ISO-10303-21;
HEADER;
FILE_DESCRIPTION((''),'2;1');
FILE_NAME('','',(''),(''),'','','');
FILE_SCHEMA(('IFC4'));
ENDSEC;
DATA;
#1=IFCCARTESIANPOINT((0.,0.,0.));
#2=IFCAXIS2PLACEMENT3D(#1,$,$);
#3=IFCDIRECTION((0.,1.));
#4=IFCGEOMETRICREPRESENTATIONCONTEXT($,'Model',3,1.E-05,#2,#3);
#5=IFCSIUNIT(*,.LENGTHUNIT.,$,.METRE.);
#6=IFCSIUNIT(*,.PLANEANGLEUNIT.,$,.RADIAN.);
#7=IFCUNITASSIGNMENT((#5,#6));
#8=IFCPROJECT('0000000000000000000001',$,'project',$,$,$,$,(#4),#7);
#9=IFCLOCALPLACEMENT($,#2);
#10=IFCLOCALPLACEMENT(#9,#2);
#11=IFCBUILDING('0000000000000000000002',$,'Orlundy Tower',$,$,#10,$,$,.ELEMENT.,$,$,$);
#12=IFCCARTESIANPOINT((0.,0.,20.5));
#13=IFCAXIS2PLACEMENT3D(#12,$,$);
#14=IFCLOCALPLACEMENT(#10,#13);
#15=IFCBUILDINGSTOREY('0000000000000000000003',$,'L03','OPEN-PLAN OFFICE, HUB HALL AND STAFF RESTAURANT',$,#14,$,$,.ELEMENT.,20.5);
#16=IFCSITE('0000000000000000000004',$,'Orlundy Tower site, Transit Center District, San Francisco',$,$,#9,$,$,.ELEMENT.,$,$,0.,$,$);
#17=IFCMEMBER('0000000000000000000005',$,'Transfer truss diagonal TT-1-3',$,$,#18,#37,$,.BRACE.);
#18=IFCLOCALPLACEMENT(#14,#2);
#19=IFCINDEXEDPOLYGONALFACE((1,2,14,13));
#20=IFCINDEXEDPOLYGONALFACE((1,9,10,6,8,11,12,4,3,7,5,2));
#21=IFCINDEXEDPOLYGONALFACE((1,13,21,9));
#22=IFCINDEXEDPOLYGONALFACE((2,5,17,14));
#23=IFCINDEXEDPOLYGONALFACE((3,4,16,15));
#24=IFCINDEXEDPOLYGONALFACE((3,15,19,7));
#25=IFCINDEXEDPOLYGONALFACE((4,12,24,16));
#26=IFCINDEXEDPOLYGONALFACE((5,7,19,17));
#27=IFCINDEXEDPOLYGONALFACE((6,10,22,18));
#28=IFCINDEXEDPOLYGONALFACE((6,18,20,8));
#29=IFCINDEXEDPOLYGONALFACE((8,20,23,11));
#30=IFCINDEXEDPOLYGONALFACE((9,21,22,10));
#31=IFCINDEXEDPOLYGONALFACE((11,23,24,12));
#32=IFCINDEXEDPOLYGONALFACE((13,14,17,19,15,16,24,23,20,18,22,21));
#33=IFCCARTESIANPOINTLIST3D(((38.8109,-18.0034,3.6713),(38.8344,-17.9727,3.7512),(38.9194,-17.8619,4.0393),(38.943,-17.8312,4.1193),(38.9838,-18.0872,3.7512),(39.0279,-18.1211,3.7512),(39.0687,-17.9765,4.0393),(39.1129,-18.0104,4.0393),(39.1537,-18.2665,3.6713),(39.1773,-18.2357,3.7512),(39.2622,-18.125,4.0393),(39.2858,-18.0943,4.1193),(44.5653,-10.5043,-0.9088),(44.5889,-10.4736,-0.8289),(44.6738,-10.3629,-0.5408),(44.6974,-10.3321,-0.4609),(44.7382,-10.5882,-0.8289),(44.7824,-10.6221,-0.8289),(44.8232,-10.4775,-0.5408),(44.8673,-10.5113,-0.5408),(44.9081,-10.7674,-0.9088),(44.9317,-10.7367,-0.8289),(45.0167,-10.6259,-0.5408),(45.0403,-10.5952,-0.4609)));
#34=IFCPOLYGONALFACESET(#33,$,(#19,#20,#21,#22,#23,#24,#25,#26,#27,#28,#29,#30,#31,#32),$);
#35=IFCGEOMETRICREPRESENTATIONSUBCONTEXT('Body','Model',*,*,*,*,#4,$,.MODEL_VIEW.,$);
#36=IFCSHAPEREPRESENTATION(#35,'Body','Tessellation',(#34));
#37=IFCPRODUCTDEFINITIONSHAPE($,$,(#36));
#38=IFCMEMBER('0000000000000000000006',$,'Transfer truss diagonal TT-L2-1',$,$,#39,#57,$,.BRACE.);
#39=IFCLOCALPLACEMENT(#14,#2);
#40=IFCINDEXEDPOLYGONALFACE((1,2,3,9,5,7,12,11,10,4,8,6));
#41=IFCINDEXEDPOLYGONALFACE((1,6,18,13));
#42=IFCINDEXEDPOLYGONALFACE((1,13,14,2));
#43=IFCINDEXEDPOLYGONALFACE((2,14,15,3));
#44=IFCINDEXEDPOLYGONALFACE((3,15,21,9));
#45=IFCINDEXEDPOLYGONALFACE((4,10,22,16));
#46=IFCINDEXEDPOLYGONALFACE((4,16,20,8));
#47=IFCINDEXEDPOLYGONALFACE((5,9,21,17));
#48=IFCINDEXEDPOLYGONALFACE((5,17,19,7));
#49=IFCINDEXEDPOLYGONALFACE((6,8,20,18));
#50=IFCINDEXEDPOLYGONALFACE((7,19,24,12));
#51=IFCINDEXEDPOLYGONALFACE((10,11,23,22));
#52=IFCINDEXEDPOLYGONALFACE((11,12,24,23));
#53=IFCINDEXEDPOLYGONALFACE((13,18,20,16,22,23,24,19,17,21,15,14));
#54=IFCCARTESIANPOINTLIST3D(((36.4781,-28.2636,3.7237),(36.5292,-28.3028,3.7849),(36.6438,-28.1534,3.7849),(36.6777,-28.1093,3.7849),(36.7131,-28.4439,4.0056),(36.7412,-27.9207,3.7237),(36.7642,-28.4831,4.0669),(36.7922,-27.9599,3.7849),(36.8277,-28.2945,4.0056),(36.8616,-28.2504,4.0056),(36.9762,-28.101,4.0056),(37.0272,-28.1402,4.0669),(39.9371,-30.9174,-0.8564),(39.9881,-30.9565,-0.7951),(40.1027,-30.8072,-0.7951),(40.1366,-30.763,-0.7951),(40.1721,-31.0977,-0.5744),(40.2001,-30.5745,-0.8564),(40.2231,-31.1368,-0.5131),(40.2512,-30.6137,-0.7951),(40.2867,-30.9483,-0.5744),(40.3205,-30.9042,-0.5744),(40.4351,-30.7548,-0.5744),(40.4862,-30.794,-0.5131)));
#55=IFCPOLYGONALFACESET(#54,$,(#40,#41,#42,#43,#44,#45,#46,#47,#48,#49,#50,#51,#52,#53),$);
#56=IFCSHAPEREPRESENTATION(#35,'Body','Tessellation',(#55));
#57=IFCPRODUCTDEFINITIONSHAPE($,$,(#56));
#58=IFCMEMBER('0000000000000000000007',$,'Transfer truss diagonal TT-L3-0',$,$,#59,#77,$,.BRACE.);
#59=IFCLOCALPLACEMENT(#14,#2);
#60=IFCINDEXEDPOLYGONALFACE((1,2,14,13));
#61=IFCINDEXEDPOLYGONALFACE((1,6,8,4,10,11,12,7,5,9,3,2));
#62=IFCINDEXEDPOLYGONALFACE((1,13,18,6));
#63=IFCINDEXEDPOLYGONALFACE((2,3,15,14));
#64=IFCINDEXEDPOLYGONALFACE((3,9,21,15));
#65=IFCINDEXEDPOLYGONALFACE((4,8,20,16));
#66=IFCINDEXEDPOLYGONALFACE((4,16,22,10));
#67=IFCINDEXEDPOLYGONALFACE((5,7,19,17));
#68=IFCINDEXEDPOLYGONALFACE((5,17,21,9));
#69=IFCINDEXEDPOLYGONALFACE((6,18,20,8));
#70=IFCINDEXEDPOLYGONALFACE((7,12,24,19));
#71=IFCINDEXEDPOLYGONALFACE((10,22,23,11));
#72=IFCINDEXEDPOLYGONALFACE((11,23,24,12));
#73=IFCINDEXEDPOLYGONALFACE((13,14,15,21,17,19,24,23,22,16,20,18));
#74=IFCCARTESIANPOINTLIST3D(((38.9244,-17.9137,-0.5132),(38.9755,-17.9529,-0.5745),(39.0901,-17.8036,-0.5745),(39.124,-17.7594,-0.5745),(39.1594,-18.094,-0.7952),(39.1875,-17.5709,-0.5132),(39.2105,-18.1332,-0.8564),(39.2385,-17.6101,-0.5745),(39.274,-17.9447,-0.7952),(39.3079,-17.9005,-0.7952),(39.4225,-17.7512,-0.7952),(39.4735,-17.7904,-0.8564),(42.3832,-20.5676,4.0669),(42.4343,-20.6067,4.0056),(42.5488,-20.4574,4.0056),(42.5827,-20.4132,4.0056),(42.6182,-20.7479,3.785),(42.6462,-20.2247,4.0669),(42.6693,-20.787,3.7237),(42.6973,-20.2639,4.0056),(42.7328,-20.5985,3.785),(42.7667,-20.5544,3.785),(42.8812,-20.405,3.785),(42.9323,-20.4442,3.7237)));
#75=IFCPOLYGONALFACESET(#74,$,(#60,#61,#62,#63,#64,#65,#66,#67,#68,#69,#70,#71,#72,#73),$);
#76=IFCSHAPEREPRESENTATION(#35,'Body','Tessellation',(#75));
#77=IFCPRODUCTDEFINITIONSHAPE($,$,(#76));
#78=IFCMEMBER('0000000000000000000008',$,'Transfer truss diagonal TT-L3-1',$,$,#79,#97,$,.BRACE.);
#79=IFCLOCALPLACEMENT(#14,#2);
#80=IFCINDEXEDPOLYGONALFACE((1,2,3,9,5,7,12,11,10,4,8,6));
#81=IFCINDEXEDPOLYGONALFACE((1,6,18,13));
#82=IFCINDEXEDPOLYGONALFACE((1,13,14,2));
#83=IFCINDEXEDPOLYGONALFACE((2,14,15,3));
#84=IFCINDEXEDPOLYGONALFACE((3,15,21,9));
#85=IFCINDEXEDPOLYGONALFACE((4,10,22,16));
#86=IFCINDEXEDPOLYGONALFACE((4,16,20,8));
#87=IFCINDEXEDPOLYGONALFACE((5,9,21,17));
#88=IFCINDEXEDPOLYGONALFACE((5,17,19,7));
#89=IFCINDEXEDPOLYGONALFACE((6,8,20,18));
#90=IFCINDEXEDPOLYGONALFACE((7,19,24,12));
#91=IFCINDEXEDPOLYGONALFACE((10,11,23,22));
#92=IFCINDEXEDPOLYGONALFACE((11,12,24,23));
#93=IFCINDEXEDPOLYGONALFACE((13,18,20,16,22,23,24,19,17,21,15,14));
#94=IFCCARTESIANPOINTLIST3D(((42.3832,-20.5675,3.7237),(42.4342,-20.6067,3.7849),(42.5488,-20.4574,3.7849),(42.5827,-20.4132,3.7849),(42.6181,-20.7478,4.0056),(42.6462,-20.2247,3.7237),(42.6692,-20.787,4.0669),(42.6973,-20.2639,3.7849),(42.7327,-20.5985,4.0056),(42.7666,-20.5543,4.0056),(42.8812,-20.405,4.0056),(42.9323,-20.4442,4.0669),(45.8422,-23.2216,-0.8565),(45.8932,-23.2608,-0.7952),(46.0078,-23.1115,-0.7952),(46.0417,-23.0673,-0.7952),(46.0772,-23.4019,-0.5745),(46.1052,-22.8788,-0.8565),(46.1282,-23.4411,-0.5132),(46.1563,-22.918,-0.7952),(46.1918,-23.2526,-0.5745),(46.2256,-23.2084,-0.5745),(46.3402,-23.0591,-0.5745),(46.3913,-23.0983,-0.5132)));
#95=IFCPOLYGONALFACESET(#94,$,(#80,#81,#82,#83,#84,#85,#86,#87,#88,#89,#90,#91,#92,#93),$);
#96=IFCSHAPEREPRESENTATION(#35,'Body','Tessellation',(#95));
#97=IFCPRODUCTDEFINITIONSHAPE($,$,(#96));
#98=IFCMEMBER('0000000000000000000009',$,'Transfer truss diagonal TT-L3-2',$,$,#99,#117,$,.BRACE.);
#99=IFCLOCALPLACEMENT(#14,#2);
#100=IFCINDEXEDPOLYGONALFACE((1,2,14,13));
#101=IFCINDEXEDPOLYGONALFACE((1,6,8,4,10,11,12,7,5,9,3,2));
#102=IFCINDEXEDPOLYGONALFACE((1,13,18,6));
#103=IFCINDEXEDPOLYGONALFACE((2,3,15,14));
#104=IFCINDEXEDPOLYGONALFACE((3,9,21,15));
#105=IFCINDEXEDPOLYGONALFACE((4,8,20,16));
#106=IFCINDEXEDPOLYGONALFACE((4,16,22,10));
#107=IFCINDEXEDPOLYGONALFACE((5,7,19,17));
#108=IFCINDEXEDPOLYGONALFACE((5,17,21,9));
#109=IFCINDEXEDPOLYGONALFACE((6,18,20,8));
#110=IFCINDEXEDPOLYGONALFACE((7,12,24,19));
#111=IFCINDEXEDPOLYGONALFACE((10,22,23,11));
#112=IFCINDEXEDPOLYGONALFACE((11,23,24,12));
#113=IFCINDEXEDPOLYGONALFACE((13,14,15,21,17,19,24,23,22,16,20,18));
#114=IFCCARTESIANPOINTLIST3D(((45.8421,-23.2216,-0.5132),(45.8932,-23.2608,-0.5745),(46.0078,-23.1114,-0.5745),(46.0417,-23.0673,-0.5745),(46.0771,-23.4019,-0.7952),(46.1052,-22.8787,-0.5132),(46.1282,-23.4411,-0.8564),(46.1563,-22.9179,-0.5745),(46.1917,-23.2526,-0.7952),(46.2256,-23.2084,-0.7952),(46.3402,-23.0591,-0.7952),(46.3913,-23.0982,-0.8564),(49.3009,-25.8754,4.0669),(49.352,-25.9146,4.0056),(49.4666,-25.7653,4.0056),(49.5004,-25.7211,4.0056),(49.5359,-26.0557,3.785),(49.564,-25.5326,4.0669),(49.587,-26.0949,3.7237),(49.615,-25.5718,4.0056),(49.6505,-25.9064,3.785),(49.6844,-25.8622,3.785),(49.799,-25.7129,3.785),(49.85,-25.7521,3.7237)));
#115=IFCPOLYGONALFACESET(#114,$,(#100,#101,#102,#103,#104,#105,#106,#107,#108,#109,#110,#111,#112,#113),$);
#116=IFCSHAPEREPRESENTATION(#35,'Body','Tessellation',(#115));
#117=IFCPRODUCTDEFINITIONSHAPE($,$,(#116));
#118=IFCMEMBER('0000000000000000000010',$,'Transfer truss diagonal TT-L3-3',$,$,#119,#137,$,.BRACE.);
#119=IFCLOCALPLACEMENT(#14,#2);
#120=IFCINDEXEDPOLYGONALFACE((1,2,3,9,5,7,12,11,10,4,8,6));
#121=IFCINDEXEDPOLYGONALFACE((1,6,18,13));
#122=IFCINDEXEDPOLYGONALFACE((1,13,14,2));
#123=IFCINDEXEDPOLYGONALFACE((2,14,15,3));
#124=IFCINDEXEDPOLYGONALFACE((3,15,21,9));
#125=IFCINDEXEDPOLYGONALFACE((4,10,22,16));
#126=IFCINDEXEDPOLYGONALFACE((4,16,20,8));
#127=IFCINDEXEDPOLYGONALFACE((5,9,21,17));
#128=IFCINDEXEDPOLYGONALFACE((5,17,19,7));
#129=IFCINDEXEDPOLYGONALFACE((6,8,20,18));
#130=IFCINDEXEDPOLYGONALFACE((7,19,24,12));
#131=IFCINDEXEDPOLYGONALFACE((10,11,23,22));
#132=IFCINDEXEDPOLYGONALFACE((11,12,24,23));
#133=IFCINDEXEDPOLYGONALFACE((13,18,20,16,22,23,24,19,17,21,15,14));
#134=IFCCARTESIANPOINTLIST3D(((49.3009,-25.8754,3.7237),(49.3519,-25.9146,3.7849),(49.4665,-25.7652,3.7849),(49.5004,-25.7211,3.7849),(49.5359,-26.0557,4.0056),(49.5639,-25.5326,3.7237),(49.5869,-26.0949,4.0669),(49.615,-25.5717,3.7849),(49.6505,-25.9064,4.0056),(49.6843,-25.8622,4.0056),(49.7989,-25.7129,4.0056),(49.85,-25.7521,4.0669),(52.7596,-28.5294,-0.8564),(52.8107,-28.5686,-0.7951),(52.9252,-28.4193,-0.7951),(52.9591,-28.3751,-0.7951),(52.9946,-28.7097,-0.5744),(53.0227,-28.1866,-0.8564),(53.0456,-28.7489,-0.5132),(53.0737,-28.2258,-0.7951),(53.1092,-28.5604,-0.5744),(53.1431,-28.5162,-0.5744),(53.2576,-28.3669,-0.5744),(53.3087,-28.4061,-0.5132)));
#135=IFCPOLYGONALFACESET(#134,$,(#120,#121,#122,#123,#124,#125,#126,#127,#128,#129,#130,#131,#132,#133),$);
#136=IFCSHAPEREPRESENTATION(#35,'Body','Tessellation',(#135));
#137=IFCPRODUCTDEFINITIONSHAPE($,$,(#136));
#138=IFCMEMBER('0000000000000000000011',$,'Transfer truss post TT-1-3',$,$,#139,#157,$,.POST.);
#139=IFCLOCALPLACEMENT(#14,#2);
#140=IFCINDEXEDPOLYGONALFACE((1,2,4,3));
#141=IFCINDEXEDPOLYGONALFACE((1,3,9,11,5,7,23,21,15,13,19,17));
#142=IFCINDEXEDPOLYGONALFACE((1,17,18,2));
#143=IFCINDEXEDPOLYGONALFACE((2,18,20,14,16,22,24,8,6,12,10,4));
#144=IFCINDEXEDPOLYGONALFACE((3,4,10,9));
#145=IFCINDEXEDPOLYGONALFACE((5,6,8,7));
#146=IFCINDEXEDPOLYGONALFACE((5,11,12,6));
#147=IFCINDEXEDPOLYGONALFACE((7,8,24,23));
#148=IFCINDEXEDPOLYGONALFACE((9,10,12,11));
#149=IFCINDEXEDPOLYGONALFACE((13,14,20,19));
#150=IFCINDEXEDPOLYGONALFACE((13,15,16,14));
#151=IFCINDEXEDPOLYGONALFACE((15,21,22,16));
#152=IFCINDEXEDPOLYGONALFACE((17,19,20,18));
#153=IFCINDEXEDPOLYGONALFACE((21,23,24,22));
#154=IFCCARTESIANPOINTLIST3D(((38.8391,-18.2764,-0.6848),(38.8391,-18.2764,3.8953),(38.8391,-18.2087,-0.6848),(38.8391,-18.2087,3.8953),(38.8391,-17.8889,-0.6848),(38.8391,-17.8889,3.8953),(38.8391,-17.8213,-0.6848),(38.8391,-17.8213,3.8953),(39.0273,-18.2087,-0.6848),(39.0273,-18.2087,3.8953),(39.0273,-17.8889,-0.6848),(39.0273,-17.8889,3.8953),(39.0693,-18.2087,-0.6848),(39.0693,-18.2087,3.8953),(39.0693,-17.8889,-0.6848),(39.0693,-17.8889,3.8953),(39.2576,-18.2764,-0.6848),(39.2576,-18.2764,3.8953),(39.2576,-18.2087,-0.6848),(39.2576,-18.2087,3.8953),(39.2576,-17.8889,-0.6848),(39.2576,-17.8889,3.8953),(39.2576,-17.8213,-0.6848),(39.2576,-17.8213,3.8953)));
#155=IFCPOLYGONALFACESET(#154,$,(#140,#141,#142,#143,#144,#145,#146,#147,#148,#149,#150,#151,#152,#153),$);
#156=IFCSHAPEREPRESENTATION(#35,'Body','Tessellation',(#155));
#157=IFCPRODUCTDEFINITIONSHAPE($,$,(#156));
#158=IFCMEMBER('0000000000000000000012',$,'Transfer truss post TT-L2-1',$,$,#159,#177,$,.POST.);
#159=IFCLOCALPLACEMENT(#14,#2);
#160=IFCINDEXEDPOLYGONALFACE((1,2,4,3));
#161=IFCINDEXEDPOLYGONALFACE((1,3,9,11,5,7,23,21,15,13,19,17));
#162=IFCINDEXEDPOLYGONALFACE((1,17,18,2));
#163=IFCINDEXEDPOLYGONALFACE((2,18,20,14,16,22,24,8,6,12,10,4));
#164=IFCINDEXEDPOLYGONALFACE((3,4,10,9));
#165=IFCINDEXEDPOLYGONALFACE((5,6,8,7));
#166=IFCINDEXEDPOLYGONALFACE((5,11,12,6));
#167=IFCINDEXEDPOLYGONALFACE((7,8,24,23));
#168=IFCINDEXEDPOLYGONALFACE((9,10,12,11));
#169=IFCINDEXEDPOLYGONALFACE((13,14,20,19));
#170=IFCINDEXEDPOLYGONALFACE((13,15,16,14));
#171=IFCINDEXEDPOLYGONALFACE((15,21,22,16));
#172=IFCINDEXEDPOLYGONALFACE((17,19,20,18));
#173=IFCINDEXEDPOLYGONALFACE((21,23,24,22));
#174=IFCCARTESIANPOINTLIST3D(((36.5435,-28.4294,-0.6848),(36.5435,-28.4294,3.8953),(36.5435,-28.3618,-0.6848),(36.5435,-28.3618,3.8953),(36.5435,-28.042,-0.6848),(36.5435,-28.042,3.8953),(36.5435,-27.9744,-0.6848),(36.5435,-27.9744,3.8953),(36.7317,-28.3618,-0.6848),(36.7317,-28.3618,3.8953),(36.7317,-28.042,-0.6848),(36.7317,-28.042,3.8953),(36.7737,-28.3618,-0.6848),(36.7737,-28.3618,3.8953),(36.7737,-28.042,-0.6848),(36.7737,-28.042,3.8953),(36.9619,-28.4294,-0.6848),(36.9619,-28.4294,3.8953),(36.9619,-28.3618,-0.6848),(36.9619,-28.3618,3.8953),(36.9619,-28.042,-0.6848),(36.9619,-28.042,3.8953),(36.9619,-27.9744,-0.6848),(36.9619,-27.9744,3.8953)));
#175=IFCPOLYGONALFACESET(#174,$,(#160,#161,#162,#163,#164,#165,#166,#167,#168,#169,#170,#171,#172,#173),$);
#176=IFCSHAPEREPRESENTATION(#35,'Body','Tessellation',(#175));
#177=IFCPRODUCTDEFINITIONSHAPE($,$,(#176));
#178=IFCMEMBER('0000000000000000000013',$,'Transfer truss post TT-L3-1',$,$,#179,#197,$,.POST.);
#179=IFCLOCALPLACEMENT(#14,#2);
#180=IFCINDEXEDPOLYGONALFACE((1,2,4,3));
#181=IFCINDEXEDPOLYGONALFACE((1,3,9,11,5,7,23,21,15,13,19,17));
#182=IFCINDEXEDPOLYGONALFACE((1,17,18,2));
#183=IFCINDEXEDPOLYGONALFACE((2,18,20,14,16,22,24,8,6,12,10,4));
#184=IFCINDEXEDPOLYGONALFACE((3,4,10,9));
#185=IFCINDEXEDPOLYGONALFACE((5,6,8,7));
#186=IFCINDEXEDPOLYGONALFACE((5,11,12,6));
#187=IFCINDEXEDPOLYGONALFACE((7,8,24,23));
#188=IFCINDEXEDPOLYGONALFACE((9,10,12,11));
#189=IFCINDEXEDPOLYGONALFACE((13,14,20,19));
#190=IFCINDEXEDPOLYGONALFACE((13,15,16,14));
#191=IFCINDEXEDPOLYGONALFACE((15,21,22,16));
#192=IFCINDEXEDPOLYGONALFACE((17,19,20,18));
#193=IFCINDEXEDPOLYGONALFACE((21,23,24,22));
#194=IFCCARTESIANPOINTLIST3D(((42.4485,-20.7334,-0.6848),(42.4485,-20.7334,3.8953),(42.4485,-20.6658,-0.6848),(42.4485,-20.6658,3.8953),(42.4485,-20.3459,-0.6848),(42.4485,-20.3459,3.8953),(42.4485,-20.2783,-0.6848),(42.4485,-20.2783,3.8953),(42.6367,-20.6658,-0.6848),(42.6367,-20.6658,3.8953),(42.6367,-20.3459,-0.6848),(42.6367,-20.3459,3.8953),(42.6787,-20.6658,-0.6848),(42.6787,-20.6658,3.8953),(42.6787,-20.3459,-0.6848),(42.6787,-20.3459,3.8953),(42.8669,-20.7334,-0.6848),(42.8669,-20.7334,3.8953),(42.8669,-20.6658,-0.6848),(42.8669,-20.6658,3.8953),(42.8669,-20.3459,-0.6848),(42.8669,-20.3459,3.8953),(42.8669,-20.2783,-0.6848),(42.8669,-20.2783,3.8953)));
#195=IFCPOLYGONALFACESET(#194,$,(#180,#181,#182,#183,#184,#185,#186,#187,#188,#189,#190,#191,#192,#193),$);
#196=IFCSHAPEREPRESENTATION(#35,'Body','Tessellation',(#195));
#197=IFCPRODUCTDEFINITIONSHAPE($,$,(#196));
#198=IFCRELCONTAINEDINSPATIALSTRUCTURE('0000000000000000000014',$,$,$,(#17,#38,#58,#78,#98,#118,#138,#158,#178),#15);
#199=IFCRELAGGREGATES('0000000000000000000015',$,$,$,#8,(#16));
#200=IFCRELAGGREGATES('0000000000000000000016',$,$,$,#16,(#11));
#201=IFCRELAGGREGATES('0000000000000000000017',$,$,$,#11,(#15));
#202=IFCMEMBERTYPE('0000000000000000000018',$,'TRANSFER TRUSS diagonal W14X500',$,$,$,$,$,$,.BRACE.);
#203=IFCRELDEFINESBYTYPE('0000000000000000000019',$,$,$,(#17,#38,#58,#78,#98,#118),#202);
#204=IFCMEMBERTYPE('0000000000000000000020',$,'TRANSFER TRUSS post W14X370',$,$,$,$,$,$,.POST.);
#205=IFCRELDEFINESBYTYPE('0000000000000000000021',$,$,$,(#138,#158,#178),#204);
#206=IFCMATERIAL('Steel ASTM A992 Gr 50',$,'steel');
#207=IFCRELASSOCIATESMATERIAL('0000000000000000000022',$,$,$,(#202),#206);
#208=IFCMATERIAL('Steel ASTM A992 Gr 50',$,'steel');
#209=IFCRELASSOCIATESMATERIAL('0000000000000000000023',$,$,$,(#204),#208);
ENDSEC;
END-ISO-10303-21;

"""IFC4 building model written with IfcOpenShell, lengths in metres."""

from ifc_helpers import new_model, si_unit, direction, frame, origin, origin_2d, place, context, subcontext, project, spatial, i_section, extrude, material, material_profile, profile_set, type_object, element, save


model = new_model("IFC4")

# Units and contexts
model_context = context("Model", 3, precision=1e-05, world=origin(), true_north=direction((0.0, 1.0)))
body_context = subcontext(model_context, "Body", "Model", "MODEL_VIEW")
ifc_project = project(units=[si_unit("LENGTHUNIT", "METRE"), si_unit("PLANEANGLEUNIT", "RADIAN")], contexts=[model_context])

# Site, building, storey
site_placement = place(None, origin())
site = spatial("IfcSite", under=ifc_project, at=site_placement, Name="Orlundy Tower site, Transit Center District, San Francisco", CompositionType="ELEMENT", RefElevation=0.0)
building_placement = place(site_placement, origin())
building = spatial("IfcBuilding", under=site, at=building_placement, Name="Orlundy Tower", CompositionType="ELEMENT")
storey_placement = place(building_placement, frame((0.0, 0.0, 20.5)))
storey = spatial("IfcBuildingStorey", under=building, at=storey_placement, Name="L03", Description="OPEN-PLAN OFFICE, HUB HALL AND STAFF RESTAURANT", CompositionType="ELEMENT", Elevation=20.5)

# Members
ifc_material_1 = material(Name="Steel ASTM A992 Gr 50", Category="steel")
ifc_material_profile_1 = material_profile(ifc_material_1, i_section(OverallWidth=0.4321, OverallDepth=0.4978, WebThickness=0.0557, FlangeThickness=0.0889, at=origin_2d()), Name="W14X500")
ifc_profile_set_1 = profile_set([ifc_material_profile_1], Name="Steel ASTM A992 Gr 50")
member_type_1 = type_object("IfcMemberType", Name="TRANSFER TRUSS diagonal W14X500", PredefinedType="BRACE", material=ifc_profile_set_1)
member_1_placement = place(storey_placement, frame((39.0483, -18.0488, 3.8953), z_axis=(0.54785, 0.713948, -0.436049), x_axis=(-0.793344, 0.608774, 0.0)))
element("IfcMember", 1, at=member_1_placement, inside=storey, type_object=member_type_1, Name="Transfer truss diagonal TT-1-3", PredefinedType="BRACE", context=body_context, shape_type="SweptSolid", body=[
    extrude(i_section(OverallWidth=0.4321, OverallDepth=0.4978, WebThickness=0.0557, FlangeThickness=0.0889, at=origin_2d()), origin(), (0.0, 0.0, 1.0), 10.5037),
])
for number, where, z_axis, x_axis, name in (
    (2, (36.7527, -28.2019, 3.8953), (0.54702, -0.419686, -0.724315), (0.608709, 0.793394, 0.0), "Transfer truss diagonal TT-L2-1"),
    (3, (39.199, -17.8521, -0.6848), (0.546993, -0.419695, 0.724331), (0.608736, 0.793373, 0.0), "Transfer truss diagonal TT-L3-0"),
):
    element("IfcMember", number, at=place(storey_placement, frame(where, z_axis=z_axis, x_axis=x_axis)), inside=storey, type_object=member_type_1, Name=name, PredefinedType="BRACE", context=body_context, shape_type="SweptSolid", body=[
        extrude(i_section(OverallWidth=0.4321, OverallDepth=0.4978, WebThickness=0.0557, FlangeThickness=0.0889, at=origin_2d()), origin(), (0.0, 0.0, 1.0), 6.3232),
    ])
member_2_placement = place(storey_placement, frame((42.6577, -20.5059, 3.8953), z_axis=(0.547011, -0.419718, -0.724304), x_axis=(0.608744, 0.793367, 0.0)))
element("IfcMember", 4, at=member_2_placement, inside=storey, type_object=member_type_1, Name="Transfer truss diagonal TT-L3-1", PredefinedType="BRACE", context=body_context, shape_type="SweptSolid", body=[
    extrude(i_section(OverallWidth=0.4321, OverallDepth=0.4978, WebThickness=0.0557, FlangeThickness=0.0889, at=origin_2d()), origin(), (0.0, 0.0, 1.0), 6.3235),
])
for number, where, z_axis, x_axis, name in (
    (5, (46.1167, -23.1599, -0.6848), (0.546993, -0.419695, 0.724331), (0.608736, 0.793373, 0.0), "Transfer truss diagonal TT-L3-2"),
    (6, (49.5754, -25.8137, 3.8953), (0.546984, -0.419727, -0.724319), (0.608771, 0.793346, 0.0), "Transfer truss diagonal TT-L3-3"),
):
    element("IfcMember", number, at=place(storey_placement, frame(where, z_axis=z_axis, x_axis=x_axis)), inside=storey, type_object=member_type_1, Name=name, PredefinedType="BRACE", context=body_context, shape_type="SweptSolid", body=[
        extrude(i_section(OverallWidth=0.4321, OverallDepth=0.4978, WebThickness=0.0557, FlangeThickness=0.0889, at=origin_2d()), origin(), (0.0, 0.0, 1.0), 6.3232),
    ])
ifc_material_2 = material(Name="Steel ASTM A992 Gr 50", Category="steel")
ifc_material_profile_2 = material_profile(ifc_material_2, i_section(OverallWidth=0.4185, OverallDepth=0.4551, WebThickness=0.042, FlangeThickness=0.0676, at=origin_2d()), Name="W14X370")
ifc_profile_set_2 = profile_set([ifc_material_profile_2], Name="Steel ASTM A992 Gr 50")
member_type_2 = type_object("IfcMemberType", Name="TRANSFER TRUSS post W14X370", PredefinedType="POST", material=ifc_profile_set_2)
for number, where, z_axis, x_axis, name in (
    (7, (39.0483, -18.0488, -0.6848), (0.0, 0.0, 1.0), (1.0, 0.0, 0.0), "Transfer truss post TT-1-3"),
    (8, (36.7527, -28.2019, -0.6848), (0.0, 0.0, 1.0), (1.0, 0.0, 0.0), "Transfer truss post TT-L2-1"),
    (9, (42.6577, -20.5059, -0.6848), (0.0, 0.0, 1.0), (1.0, 0.0, 0.0), "Transfer truss post TT-L3-1"),
):
    element("IfcMember", number, at=place(storey_placement, frame(where, z_axis=z_axis, x_axis=x_axis)), inside=storey, type_object=member_type_2, Name=name, PredefinedType="POST", context=body_context, shape_type="SweptSolid", body=[
        extrude(i_section(OverallWidth=0.4185, OverallDepth=0.4551, WebThickness=0.042, FlangeThickness=0.0676, at=origin_2d()), origin(), (0.0, 0.0, 1.0), 4.5801),
    ])

save(model, "model.ifc")
